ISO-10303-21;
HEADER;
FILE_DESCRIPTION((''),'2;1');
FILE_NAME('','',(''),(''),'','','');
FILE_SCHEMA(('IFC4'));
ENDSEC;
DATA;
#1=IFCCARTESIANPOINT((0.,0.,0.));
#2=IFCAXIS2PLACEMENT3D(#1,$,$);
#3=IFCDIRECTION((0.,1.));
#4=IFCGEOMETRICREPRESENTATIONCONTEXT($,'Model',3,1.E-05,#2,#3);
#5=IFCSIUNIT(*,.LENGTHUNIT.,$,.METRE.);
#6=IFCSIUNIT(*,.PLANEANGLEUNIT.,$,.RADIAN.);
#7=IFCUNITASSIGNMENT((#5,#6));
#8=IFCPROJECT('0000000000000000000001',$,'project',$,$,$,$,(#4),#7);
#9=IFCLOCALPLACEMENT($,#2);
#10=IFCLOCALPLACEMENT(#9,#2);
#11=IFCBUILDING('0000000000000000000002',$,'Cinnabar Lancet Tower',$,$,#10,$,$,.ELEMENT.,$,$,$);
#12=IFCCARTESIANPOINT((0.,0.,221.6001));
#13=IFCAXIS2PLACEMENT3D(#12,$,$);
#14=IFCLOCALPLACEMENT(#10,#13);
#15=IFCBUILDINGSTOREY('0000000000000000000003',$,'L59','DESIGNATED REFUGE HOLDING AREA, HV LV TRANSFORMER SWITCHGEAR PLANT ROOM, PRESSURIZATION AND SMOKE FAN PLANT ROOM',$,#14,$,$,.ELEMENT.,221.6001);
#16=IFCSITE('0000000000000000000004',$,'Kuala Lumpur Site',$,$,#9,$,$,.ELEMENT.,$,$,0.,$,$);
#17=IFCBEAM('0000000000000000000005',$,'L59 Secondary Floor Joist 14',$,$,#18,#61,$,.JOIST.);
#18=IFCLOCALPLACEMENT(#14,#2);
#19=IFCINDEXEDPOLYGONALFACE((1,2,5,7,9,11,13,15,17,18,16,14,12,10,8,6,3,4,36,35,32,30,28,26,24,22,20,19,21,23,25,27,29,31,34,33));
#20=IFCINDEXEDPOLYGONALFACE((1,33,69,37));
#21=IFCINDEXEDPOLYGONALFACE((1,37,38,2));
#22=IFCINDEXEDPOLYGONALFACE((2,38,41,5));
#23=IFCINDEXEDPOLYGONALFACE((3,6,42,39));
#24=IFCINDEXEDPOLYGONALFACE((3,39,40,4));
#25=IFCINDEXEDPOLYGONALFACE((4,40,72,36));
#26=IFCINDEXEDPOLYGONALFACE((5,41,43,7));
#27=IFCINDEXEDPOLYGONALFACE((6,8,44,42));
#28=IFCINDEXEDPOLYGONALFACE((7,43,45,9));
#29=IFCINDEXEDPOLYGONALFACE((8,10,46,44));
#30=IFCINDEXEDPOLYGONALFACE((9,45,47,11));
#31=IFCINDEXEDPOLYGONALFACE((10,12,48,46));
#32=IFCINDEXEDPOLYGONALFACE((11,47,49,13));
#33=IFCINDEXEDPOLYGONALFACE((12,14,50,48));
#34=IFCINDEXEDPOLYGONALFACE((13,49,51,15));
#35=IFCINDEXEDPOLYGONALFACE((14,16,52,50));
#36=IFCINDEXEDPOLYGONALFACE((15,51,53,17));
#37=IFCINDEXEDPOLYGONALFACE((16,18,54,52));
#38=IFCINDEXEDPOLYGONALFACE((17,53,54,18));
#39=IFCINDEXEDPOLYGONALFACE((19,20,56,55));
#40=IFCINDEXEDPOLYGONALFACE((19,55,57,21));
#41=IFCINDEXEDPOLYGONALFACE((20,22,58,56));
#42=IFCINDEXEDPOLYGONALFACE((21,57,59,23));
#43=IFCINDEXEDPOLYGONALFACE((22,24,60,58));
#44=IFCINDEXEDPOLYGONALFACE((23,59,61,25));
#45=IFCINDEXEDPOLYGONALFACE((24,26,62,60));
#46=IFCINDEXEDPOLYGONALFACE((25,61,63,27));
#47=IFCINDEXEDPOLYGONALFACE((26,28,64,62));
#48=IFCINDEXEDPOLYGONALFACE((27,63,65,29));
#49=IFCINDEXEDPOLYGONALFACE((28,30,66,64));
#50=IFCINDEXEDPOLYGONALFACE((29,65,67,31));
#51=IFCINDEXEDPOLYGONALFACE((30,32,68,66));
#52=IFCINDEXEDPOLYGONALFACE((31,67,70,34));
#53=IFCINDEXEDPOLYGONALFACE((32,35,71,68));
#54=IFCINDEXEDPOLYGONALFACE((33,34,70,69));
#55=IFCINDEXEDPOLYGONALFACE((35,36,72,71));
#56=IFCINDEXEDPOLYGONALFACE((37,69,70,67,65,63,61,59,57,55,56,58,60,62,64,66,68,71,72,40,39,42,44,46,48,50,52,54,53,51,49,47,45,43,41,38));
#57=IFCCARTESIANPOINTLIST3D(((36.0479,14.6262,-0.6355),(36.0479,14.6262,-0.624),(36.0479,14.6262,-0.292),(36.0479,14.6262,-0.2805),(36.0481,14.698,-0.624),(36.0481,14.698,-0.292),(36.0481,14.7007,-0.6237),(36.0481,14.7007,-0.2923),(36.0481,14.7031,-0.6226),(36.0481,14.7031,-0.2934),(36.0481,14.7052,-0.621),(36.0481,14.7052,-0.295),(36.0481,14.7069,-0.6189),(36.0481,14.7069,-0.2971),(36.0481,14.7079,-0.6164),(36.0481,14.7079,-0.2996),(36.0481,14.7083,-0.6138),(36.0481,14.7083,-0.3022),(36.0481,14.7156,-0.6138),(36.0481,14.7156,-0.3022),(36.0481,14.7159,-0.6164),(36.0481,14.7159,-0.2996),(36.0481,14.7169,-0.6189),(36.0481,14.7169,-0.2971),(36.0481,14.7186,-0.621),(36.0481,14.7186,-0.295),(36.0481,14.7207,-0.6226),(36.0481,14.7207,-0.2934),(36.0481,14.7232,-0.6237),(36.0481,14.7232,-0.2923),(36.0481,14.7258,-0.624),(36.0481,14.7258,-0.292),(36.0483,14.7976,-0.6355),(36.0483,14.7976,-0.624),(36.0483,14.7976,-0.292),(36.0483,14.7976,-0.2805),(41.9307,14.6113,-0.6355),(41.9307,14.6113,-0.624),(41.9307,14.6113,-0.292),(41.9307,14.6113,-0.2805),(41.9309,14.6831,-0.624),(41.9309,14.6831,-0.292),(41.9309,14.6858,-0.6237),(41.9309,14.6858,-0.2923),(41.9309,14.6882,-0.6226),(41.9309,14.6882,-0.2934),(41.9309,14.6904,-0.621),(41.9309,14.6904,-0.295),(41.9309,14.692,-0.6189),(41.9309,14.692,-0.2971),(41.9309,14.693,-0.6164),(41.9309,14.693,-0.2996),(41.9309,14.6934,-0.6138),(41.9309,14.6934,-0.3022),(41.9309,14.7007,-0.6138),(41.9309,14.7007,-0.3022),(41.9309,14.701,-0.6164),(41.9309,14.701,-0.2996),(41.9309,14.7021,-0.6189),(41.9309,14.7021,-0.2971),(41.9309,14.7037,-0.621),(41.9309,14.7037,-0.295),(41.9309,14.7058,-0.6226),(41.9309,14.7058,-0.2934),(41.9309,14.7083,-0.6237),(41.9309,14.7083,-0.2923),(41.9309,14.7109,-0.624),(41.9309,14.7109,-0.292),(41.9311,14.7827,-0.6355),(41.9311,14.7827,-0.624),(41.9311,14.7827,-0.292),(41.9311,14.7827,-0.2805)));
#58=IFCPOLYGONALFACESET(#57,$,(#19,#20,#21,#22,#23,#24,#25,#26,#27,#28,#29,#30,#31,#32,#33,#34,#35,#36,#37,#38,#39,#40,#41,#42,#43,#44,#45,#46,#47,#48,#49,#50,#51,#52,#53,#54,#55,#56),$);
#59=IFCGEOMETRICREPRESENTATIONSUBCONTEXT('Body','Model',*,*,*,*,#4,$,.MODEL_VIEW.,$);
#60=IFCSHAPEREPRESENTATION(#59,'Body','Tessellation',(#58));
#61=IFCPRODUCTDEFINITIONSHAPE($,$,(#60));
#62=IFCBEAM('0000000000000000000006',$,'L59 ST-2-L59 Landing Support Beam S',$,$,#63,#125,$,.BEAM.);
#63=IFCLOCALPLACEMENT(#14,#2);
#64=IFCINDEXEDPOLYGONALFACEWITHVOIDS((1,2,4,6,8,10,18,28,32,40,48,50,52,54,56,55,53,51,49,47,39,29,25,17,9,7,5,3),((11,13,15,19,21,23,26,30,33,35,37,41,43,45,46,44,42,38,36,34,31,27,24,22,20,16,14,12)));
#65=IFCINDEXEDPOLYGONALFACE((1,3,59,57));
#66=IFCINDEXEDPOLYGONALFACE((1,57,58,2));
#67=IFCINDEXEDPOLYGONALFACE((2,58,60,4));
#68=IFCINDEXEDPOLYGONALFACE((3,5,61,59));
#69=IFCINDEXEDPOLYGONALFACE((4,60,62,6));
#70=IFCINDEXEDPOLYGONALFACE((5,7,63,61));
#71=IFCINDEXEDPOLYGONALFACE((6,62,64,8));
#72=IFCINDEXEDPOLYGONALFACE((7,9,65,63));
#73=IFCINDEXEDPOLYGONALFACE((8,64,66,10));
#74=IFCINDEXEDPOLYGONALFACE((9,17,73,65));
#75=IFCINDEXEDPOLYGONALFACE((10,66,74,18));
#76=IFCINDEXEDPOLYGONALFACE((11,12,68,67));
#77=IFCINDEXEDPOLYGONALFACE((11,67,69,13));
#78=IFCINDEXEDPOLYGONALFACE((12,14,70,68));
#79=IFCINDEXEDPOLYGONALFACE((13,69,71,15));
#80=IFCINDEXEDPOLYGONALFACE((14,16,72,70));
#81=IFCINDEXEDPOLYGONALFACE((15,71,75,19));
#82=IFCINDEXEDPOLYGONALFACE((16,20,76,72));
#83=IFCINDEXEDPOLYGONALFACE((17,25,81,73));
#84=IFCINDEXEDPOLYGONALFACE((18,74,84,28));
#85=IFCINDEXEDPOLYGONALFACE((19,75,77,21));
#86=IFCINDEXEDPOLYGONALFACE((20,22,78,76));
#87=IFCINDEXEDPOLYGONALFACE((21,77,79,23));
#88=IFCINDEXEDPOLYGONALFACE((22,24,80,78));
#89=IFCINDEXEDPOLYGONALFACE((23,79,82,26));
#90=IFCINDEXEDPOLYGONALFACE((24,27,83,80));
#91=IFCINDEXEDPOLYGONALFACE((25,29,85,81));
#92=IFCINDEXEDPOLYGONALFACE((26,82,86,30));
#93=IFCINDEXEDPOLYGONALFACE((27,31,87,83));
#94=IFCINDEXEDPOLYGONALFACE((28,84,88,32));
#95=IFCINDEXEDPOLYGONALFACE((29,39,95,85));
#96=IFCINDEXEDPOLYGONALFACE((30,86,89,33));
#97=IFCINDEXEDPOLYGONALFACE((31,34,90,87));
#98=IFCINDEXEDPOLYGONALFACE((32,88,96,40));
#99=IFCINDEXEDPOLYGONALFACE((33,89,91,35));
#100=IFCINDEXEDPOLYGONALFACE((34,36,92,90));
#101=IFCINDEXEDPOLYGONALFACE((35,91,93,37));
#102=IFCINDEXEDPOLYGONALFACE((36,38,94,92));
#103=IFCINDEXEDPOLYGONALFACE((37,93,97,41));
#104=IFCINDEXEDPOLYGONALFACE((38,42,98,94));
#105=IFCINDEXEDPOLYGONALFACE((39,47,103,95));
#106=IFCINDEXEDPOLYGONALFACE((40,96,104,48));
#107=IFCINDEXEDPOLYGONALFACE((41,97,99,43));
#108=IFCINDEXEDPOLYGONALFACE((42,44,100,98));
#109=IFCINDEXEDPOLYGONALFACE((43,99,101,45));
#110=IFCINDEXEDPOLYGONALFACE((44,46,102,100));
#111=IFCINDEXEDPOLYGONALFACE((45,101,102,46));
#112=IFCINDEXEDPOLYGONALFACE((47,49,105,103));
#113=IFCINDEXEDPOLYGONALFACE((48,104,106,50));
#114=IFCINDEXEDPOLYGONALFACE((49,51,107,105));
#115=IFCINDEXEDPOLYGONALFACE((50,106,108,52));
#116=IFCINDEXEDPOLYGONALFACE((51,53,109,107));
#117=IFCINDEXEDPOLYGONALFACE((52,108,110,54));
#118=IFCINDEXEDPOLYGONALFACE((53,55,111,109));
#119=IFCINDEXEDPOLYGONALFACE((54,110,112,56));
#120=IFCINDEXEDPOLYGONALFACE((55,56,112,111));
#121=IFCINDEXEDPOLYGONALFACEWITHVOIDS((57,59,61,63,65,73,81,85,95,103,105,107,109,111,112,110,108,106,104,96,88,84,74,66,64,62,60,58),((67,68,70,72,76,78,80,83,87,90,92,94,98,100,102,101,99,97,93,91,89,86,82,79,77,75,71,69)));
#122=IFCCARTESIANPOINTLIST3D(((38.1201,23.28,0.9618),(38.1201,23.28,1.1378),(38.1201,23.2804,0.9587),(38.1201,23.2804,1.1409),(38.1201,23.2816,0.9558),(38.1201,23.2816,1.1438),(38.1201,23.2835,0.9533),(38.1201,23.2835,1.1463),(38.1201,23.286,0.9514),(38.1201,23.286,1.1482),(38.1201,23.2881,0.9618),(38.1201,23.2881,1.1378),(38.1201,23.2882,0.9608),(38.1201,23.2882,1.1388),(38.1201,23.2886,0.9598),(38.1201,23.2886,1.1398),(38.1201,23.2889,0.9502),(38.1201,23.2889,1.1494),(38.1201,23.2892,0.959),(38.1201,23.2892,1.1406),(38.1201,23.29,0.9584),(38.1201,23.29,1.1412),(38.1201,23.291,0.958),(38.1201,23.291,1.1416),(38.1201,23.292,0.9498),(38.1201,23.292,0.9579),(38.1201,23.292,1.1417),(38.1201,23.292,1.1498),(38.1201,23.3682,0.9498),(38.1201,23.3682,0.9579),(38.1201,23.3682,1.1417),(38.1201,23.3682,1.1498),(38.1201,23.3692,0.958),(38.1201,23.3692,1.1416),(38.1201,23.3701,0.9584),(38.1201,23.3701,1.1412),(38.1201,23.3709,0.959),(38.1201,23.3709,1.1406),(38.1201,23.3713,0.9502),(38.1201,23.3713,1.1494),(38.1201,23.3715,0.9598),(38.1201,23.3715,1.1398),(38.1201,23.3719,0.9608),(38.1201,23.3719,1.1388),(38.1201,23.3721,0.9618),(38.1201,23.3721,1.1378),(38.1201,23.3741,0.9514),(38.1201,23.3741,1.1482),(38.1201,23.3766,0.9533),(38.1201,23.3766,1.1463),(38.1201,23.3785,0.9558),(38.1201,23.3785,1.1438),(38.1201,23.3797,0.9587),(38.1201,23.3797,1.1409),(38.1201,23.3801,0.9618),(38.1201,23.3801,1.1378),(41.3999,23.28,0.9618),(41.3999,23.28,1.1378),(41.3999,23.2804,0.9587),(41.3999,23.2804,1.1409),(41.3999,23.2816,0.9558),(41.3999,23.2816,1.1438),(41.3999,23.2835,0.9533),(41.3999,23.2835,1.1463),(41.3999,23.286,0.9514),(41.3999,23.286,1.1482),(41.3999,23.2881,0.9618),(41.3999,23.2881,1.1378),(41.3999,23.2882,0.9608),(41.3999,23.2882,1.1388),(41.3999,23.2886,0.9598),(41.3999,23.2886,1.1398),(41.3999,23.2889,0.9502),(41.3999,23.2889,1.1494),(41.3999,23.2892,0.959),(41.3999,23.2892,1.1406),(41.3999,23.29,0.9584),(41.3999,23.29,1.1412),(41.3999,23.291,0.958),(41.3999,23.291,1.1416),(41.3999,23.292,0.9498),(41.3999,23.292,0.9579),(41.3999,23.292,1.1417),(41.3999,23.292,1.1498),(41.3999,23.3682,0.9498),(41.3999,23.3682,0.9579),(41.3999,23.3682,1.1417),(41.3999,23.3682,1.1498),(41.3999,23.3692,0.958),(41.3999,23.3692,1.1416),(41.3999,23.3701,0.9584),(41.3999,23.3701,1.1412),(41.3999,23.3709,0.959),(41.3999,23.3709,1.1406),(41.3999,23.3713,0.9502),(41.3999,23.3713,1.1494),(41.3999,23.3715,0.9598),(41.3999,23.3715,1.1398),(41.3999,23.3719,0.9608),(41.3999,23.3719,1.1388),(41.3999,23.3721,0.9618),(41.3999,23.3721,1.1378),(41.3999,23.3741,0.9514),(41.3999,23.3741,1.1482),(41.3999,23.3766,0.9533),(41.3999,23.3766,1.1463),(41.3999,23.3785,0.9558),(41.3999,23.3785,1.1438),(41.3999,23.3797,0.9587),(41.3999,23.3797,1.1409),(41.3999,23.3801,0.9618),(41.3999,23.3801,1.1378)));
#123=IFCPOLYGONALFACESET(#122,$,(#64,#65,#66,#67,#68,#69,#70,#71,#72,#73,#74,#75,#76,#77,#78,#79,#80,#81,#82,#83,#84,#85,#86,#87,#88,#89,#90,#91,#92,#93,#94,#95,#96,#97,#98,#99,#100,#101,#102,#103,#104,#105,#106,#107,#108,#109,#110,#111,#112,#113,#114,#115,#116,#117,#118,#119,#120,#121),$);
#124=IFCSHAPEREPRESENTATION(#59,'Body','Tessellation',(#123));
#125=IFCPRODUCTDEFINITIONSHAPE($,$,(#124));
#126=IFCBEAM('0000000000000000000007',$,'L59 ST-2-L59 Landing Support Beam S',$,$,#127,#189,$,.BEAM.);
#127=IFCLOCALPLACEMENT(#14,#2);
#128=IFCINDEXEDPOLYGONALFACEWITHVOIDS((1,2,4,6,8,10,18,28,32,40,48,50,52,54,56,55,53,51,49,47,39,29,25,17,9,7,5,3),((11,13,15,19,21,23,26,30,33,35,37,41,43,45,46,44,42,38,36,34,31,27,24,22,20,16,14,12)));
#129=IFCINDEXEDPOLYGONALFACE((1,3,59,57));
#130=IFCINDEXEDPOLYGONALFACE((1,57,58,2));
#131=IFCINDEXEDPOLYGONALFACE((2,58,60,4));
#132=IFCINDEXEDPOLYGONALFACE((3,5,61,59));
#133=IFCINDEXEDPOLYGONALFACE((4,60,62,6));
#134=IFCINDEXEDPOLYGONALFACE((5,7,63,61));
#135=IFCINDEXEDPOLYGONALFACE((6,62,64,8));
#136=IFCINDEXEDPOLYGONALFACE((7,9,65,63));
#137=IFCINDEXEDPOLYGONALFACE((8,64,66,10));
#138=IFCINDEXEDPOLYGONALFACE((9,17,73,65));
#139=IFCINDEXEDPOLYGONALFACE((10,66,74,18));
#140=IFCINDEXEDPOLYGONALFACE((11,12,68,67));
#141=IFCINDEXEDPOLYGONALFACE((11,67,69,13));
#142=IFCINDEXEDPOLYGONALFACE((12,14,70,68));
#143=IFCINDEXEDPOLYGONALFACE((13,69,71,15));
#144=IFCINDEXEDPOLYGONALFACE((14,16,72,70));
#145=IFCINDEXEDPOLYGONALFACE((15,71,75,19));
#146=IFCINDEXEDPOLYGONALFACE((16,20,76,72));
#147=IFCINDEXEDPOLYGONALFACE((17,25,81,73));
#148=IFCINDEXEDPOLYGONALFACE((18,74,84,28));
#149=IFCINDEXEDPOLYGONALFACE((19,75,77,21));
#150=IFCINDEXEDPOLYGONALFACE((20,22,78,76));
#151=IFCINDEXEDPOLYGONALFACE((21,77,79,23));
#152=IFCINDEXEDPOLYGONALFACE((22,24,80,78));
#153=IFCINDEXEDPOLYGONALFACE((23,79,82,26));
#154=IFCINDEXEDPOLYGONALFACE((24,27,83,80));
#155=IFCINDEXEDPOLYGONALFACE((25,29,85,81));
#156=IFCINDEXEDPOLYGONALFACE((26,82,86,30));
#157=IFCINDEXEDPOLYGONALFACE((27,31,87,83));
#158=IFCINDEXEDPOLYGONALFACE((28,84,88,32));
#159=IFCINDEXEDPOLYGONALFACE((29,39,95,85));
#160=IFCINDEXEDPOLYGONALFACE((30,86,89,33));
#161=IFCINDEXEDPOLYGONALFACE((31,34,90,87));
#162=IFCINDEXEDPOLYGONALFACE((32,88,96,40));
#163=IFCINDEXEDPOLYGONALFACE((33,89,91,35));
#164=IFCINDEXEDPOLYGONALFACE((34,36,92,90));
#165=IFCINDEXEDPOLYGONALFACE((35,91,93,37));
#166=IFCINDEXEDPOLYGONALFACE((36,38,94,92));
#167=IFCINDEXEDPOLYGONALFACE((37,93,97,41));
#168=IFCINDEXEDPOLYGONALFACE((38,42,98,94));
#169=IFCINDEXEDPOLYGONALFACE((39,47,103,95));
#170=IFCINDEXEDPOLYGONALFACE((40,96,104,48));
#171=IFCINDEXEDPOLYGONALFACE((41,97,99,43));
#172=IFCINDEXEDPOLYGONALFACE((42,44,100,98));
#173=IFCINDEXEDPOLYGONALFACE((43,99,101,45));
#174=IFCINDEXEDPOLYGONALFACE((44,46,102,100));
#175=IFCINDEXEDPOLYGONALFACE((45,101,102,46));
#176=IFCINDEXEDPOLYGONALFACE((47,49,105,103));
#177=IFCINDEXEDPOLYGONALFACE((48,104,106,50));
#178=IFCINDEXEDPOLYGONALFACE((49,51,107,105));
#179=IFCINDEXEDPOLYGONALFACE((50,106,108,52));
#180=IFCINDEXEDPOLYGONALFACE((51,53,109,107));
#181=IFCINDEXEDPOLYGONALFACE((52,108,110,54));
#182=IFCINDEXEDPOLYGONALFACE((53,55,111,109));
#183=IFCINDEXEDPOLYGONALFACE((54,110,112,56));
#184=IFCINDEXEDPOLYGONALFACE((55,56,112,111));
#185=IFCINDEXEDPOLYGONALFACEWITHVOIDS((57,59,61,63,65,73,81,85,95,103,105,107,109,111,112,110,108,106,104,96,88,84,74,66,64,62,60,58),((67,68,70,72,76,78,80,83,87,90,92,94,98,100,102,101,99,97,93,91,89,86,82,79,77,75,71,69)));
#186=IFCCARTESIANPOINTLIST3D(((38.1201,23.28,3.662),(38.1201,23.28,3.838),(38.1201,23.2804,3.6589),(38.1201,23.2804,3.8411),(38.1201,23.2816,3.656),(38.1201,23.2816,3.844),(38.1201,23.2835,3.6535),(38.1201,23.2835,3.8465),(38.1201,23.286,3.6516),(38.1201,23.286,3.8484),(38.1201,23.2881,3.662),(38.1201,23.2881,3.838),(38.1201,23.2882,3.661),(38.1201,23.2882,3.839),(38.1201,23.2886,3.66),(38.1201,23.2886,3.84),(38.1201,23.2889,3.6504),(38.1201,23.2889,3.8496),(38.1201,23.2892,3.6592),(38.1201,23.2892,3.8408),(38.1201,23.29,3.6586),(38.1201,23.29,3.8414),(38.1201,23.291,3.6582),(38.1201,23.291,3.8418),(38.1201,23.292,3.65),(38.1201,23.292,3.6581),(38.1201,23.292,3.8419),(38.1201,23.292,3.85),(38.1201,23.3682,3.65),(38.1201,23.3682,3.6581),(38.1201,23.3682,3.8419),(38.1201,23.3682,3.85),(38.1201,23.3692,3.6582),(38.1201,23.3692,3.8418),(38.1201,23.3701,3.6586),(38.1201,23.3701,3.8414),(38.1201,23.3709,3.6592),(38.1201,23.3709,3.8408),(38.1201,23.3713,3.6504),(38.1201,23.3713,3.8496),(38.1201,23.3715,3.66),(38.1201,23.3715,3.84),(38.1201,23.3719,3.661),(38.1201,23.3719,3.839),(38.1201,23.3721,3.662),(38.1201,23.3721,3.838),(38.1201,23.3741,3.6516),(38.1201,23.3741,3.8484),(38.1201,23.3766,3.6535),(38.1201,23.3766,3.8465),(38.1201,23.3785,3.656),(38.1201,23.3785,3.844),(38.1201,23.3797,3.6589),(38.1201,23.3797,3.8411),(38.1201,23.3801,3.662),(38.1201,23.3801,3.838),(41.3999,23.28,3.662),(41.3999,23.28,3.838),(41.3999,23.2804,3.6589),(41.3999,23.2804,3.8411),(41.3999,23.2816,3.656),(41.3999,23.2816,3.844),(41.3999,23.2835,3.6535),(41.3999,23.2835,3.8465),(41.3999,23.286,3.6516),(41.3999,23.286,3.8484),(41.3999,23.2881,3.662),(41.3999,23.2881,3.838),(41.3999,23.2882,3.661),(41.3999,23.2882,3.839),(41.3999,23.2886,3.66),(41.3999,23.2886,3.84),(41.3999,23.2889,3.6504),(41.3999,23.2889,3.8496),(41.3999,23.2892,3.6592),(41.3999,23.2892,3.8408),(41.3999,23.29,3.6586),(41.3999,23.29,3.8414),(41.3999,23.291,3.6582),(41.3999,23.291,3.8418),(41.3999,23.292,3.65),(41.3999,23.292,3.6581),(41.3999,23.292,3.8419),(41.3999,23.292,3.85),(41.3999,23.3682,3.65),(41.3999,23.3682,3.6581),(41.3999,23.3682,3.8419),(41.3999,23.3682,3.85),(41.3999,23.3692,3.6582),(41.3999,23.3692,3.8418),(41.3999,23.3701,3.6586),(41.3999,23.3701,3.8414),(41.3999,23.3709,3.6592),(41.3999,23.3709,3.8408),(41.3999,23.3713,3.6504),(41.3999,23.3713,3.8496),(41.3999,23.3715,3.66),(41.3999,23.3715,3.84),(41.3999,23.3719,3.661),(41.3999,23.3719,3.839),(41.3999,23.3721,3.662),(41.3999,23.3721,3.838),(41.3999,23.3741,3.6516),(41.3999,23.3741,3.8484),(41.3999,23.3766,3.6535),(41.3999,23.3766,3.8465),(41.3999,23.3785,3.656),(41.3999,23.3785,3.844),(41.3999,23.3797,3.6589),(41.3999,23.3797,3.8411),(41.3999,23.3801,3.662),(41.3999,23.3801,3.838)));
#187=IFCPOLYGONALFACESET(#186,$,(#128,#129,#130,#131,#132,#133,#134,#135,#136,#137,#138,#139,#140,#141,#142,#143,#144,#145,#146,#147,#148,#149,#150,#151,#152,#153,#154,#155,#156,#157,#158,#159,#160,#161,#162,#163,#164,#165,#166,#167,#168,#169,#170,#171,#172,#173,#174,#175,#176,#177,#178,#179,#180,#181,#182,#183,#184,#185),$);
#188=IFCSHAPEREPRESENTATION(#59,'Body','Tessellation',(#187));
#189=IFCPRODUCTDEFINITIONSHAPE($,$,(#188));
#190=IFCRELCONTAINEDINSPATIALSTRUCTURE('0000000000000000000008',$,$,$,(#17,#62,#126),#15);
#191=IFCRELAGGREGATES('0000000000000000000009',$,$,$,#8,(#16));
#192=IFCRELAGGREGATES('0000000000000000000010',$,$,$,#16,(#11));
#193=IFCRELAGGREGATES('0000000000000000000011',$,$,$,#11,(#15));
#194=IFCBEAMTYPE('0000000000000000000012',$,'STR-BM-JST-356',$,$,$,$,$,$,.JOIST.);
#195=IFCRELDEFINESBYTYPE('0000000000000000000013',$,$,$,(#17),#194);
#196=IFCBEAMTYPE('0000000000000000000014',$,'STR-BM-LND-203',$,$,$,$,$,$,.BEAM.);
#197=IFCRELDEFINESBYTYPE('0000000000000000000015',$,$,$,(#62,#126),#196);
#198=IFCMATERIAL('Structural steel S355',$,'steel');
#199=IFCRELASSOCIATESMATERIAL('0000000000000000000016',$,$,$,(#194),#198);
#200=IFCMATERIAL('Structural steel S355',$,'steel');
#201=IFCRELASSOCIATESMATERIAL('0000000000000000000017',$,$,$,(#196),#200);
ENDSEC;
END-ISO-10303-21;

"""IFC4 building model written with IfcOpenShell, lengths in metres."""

from ifc_helpers import new_model, si_unit, direction, frame, origin, origin_2d, place, context, subcontext, project, spatial, hollow_rectangle, i_section, extrude, material, material_profile, profile_set, type_object, element, save


model = new_model("IFC4")

# Units and contexts
model_context = context("Model", 3, precision=1e-05, world=origin(), true_north=direction((0.0, 1.0)))
body_context = subcontext(model_context, "Body", "Model", "MODEL_VIEW")
ifc_project = project(units=[si_unit("LENGTHUNIT", "METRE"), si_unit("PLANEANGLEUNIT", "RADIAN")], contexts=[model_context])

# Site, building, storey
site_placement = place(None, origin())
site = spatial("IfcSite", under=ifc_project, at=site_placement, Name="Kuala Lumpur Site", CompositionType="ELEMENT", RefElevation=0.0)
building_placement = place(site_placement, origin())
building = spatial("IfcBuilding", under=site, at=building_placement, Name="Cinnabar Lancet Tower", CompositionType="ELEMENT")
storey_placement = place(building_placement, frame((0.0, 0.0, 221.6001)))
storey = spatial("IfcBuildingStorey", under=building, at=storey_placement, Name="L59", Description="DESIGNATED REFUGE HOLDING AREA, HV LV TRANSFORMER SWITCHGEAR PLANT ROOM, PRESSURIZATION AND SMOKE FAN PLANT ROOM", CompositionType="ELEMENT", Elevation=221.6001)

# Beams
ifc_material_1 = material(Name="Structural steel S355", Category="steel")
ifc_material_profile_1 = material_profile(ifc_material_1, i_section(OverallWidth=0.1714, OverallDepth=0.355, WebThickness=0.0073, FlangeThickness=0.0115, FilletRadius=0.0103, at=origin_2d()), Name="UKB 356x171x51")
ifc_profile_set_1 = profile_set([ifc_material_profile_1], Name="Structural steel S355")
beam_type_1 = type_object("IfcBeamType", Name="STR-BM-JST-356", PredefinedType="JOIST", material=ifc_profile_set_1)
beam_placement = place(storey_placement, frame((36.0481, 14.7119, -0.458), z_axis=(0.999997, -0.002532, 0.0), x_axis=(0.002532, 0.999997, 0.0)))
element("IfcBeam", 1, at=beam_placement, inside=storey, type_object=beam_type_1, Name="L59 Secondary Floor Joist 14", PredefinedType="JOIST", context=body_context, shape_type="SweptSolid", body=[
    extrude(i_section(OverallWidth=0.1714, OverallDepth=0.355, WebThickness=0.0073, FlangeThickness=0.0115, FilletRadius=0.0103, at=origin_2d()), origin(), (0.0, 0.0, 1.0), 5.8828),
])
ifc_material_2 = material(Name="Structural steel S355", Category="steel")
ifc_material_profile_2 = material_profile(ifc_material_2, hollow_rectangle(XDim=0.1001, YDim=0.2, WallThickness=0.0081, InnerFilletRadius=0.0039, OuterFilletRadius=0.012, at=origin_2d()), Name="RHS 200x100x8")
ifc_profile_set_2 = profile_set([ifc_material_profile_2], Name="Structural steel S355")
beam_type_2 = type_object("IfcBeamType", Name="STR-BM-LND-203", PredefinedType="BEAM", material=ifc_profile_set_2)
for number, where, z_axis, x_axis, name in (
    (2, (38.1201, 23.3301, 1.0498), (1.0, 0.0, 0.0), (0.0, 1.0, 0.0), "L59 ST-2-L59 Landing Support Beam S"),
    (3, (38.1201, 23.3301, 3.75), (1.0, 0.0, 0.0), (0.0, 1.0, 0.0), "L59 ST-2-L59 Landing Support Beam S"),
):
    element("IfcBeam", number, at=place(storey_placement, frame(where, z_axis=z_axis, x_axis=x_axis)), inside=storey, type_object=beam_type_2, Name=name, PredefinedType="BEAM", context=body_context, shape_type="SweptSolid", body=[
        extrude(hollow_rectangle(XDim=0.1001, YDim=0.2, WallThickness=0.0081, InnerFilletRadius=0.0039, OuterFilletRadius=0.012, at=origin_2d()), origin(), (0.0, 0.0, 1.0), 3.2798),
    ])

save(model, "model.ifc")
